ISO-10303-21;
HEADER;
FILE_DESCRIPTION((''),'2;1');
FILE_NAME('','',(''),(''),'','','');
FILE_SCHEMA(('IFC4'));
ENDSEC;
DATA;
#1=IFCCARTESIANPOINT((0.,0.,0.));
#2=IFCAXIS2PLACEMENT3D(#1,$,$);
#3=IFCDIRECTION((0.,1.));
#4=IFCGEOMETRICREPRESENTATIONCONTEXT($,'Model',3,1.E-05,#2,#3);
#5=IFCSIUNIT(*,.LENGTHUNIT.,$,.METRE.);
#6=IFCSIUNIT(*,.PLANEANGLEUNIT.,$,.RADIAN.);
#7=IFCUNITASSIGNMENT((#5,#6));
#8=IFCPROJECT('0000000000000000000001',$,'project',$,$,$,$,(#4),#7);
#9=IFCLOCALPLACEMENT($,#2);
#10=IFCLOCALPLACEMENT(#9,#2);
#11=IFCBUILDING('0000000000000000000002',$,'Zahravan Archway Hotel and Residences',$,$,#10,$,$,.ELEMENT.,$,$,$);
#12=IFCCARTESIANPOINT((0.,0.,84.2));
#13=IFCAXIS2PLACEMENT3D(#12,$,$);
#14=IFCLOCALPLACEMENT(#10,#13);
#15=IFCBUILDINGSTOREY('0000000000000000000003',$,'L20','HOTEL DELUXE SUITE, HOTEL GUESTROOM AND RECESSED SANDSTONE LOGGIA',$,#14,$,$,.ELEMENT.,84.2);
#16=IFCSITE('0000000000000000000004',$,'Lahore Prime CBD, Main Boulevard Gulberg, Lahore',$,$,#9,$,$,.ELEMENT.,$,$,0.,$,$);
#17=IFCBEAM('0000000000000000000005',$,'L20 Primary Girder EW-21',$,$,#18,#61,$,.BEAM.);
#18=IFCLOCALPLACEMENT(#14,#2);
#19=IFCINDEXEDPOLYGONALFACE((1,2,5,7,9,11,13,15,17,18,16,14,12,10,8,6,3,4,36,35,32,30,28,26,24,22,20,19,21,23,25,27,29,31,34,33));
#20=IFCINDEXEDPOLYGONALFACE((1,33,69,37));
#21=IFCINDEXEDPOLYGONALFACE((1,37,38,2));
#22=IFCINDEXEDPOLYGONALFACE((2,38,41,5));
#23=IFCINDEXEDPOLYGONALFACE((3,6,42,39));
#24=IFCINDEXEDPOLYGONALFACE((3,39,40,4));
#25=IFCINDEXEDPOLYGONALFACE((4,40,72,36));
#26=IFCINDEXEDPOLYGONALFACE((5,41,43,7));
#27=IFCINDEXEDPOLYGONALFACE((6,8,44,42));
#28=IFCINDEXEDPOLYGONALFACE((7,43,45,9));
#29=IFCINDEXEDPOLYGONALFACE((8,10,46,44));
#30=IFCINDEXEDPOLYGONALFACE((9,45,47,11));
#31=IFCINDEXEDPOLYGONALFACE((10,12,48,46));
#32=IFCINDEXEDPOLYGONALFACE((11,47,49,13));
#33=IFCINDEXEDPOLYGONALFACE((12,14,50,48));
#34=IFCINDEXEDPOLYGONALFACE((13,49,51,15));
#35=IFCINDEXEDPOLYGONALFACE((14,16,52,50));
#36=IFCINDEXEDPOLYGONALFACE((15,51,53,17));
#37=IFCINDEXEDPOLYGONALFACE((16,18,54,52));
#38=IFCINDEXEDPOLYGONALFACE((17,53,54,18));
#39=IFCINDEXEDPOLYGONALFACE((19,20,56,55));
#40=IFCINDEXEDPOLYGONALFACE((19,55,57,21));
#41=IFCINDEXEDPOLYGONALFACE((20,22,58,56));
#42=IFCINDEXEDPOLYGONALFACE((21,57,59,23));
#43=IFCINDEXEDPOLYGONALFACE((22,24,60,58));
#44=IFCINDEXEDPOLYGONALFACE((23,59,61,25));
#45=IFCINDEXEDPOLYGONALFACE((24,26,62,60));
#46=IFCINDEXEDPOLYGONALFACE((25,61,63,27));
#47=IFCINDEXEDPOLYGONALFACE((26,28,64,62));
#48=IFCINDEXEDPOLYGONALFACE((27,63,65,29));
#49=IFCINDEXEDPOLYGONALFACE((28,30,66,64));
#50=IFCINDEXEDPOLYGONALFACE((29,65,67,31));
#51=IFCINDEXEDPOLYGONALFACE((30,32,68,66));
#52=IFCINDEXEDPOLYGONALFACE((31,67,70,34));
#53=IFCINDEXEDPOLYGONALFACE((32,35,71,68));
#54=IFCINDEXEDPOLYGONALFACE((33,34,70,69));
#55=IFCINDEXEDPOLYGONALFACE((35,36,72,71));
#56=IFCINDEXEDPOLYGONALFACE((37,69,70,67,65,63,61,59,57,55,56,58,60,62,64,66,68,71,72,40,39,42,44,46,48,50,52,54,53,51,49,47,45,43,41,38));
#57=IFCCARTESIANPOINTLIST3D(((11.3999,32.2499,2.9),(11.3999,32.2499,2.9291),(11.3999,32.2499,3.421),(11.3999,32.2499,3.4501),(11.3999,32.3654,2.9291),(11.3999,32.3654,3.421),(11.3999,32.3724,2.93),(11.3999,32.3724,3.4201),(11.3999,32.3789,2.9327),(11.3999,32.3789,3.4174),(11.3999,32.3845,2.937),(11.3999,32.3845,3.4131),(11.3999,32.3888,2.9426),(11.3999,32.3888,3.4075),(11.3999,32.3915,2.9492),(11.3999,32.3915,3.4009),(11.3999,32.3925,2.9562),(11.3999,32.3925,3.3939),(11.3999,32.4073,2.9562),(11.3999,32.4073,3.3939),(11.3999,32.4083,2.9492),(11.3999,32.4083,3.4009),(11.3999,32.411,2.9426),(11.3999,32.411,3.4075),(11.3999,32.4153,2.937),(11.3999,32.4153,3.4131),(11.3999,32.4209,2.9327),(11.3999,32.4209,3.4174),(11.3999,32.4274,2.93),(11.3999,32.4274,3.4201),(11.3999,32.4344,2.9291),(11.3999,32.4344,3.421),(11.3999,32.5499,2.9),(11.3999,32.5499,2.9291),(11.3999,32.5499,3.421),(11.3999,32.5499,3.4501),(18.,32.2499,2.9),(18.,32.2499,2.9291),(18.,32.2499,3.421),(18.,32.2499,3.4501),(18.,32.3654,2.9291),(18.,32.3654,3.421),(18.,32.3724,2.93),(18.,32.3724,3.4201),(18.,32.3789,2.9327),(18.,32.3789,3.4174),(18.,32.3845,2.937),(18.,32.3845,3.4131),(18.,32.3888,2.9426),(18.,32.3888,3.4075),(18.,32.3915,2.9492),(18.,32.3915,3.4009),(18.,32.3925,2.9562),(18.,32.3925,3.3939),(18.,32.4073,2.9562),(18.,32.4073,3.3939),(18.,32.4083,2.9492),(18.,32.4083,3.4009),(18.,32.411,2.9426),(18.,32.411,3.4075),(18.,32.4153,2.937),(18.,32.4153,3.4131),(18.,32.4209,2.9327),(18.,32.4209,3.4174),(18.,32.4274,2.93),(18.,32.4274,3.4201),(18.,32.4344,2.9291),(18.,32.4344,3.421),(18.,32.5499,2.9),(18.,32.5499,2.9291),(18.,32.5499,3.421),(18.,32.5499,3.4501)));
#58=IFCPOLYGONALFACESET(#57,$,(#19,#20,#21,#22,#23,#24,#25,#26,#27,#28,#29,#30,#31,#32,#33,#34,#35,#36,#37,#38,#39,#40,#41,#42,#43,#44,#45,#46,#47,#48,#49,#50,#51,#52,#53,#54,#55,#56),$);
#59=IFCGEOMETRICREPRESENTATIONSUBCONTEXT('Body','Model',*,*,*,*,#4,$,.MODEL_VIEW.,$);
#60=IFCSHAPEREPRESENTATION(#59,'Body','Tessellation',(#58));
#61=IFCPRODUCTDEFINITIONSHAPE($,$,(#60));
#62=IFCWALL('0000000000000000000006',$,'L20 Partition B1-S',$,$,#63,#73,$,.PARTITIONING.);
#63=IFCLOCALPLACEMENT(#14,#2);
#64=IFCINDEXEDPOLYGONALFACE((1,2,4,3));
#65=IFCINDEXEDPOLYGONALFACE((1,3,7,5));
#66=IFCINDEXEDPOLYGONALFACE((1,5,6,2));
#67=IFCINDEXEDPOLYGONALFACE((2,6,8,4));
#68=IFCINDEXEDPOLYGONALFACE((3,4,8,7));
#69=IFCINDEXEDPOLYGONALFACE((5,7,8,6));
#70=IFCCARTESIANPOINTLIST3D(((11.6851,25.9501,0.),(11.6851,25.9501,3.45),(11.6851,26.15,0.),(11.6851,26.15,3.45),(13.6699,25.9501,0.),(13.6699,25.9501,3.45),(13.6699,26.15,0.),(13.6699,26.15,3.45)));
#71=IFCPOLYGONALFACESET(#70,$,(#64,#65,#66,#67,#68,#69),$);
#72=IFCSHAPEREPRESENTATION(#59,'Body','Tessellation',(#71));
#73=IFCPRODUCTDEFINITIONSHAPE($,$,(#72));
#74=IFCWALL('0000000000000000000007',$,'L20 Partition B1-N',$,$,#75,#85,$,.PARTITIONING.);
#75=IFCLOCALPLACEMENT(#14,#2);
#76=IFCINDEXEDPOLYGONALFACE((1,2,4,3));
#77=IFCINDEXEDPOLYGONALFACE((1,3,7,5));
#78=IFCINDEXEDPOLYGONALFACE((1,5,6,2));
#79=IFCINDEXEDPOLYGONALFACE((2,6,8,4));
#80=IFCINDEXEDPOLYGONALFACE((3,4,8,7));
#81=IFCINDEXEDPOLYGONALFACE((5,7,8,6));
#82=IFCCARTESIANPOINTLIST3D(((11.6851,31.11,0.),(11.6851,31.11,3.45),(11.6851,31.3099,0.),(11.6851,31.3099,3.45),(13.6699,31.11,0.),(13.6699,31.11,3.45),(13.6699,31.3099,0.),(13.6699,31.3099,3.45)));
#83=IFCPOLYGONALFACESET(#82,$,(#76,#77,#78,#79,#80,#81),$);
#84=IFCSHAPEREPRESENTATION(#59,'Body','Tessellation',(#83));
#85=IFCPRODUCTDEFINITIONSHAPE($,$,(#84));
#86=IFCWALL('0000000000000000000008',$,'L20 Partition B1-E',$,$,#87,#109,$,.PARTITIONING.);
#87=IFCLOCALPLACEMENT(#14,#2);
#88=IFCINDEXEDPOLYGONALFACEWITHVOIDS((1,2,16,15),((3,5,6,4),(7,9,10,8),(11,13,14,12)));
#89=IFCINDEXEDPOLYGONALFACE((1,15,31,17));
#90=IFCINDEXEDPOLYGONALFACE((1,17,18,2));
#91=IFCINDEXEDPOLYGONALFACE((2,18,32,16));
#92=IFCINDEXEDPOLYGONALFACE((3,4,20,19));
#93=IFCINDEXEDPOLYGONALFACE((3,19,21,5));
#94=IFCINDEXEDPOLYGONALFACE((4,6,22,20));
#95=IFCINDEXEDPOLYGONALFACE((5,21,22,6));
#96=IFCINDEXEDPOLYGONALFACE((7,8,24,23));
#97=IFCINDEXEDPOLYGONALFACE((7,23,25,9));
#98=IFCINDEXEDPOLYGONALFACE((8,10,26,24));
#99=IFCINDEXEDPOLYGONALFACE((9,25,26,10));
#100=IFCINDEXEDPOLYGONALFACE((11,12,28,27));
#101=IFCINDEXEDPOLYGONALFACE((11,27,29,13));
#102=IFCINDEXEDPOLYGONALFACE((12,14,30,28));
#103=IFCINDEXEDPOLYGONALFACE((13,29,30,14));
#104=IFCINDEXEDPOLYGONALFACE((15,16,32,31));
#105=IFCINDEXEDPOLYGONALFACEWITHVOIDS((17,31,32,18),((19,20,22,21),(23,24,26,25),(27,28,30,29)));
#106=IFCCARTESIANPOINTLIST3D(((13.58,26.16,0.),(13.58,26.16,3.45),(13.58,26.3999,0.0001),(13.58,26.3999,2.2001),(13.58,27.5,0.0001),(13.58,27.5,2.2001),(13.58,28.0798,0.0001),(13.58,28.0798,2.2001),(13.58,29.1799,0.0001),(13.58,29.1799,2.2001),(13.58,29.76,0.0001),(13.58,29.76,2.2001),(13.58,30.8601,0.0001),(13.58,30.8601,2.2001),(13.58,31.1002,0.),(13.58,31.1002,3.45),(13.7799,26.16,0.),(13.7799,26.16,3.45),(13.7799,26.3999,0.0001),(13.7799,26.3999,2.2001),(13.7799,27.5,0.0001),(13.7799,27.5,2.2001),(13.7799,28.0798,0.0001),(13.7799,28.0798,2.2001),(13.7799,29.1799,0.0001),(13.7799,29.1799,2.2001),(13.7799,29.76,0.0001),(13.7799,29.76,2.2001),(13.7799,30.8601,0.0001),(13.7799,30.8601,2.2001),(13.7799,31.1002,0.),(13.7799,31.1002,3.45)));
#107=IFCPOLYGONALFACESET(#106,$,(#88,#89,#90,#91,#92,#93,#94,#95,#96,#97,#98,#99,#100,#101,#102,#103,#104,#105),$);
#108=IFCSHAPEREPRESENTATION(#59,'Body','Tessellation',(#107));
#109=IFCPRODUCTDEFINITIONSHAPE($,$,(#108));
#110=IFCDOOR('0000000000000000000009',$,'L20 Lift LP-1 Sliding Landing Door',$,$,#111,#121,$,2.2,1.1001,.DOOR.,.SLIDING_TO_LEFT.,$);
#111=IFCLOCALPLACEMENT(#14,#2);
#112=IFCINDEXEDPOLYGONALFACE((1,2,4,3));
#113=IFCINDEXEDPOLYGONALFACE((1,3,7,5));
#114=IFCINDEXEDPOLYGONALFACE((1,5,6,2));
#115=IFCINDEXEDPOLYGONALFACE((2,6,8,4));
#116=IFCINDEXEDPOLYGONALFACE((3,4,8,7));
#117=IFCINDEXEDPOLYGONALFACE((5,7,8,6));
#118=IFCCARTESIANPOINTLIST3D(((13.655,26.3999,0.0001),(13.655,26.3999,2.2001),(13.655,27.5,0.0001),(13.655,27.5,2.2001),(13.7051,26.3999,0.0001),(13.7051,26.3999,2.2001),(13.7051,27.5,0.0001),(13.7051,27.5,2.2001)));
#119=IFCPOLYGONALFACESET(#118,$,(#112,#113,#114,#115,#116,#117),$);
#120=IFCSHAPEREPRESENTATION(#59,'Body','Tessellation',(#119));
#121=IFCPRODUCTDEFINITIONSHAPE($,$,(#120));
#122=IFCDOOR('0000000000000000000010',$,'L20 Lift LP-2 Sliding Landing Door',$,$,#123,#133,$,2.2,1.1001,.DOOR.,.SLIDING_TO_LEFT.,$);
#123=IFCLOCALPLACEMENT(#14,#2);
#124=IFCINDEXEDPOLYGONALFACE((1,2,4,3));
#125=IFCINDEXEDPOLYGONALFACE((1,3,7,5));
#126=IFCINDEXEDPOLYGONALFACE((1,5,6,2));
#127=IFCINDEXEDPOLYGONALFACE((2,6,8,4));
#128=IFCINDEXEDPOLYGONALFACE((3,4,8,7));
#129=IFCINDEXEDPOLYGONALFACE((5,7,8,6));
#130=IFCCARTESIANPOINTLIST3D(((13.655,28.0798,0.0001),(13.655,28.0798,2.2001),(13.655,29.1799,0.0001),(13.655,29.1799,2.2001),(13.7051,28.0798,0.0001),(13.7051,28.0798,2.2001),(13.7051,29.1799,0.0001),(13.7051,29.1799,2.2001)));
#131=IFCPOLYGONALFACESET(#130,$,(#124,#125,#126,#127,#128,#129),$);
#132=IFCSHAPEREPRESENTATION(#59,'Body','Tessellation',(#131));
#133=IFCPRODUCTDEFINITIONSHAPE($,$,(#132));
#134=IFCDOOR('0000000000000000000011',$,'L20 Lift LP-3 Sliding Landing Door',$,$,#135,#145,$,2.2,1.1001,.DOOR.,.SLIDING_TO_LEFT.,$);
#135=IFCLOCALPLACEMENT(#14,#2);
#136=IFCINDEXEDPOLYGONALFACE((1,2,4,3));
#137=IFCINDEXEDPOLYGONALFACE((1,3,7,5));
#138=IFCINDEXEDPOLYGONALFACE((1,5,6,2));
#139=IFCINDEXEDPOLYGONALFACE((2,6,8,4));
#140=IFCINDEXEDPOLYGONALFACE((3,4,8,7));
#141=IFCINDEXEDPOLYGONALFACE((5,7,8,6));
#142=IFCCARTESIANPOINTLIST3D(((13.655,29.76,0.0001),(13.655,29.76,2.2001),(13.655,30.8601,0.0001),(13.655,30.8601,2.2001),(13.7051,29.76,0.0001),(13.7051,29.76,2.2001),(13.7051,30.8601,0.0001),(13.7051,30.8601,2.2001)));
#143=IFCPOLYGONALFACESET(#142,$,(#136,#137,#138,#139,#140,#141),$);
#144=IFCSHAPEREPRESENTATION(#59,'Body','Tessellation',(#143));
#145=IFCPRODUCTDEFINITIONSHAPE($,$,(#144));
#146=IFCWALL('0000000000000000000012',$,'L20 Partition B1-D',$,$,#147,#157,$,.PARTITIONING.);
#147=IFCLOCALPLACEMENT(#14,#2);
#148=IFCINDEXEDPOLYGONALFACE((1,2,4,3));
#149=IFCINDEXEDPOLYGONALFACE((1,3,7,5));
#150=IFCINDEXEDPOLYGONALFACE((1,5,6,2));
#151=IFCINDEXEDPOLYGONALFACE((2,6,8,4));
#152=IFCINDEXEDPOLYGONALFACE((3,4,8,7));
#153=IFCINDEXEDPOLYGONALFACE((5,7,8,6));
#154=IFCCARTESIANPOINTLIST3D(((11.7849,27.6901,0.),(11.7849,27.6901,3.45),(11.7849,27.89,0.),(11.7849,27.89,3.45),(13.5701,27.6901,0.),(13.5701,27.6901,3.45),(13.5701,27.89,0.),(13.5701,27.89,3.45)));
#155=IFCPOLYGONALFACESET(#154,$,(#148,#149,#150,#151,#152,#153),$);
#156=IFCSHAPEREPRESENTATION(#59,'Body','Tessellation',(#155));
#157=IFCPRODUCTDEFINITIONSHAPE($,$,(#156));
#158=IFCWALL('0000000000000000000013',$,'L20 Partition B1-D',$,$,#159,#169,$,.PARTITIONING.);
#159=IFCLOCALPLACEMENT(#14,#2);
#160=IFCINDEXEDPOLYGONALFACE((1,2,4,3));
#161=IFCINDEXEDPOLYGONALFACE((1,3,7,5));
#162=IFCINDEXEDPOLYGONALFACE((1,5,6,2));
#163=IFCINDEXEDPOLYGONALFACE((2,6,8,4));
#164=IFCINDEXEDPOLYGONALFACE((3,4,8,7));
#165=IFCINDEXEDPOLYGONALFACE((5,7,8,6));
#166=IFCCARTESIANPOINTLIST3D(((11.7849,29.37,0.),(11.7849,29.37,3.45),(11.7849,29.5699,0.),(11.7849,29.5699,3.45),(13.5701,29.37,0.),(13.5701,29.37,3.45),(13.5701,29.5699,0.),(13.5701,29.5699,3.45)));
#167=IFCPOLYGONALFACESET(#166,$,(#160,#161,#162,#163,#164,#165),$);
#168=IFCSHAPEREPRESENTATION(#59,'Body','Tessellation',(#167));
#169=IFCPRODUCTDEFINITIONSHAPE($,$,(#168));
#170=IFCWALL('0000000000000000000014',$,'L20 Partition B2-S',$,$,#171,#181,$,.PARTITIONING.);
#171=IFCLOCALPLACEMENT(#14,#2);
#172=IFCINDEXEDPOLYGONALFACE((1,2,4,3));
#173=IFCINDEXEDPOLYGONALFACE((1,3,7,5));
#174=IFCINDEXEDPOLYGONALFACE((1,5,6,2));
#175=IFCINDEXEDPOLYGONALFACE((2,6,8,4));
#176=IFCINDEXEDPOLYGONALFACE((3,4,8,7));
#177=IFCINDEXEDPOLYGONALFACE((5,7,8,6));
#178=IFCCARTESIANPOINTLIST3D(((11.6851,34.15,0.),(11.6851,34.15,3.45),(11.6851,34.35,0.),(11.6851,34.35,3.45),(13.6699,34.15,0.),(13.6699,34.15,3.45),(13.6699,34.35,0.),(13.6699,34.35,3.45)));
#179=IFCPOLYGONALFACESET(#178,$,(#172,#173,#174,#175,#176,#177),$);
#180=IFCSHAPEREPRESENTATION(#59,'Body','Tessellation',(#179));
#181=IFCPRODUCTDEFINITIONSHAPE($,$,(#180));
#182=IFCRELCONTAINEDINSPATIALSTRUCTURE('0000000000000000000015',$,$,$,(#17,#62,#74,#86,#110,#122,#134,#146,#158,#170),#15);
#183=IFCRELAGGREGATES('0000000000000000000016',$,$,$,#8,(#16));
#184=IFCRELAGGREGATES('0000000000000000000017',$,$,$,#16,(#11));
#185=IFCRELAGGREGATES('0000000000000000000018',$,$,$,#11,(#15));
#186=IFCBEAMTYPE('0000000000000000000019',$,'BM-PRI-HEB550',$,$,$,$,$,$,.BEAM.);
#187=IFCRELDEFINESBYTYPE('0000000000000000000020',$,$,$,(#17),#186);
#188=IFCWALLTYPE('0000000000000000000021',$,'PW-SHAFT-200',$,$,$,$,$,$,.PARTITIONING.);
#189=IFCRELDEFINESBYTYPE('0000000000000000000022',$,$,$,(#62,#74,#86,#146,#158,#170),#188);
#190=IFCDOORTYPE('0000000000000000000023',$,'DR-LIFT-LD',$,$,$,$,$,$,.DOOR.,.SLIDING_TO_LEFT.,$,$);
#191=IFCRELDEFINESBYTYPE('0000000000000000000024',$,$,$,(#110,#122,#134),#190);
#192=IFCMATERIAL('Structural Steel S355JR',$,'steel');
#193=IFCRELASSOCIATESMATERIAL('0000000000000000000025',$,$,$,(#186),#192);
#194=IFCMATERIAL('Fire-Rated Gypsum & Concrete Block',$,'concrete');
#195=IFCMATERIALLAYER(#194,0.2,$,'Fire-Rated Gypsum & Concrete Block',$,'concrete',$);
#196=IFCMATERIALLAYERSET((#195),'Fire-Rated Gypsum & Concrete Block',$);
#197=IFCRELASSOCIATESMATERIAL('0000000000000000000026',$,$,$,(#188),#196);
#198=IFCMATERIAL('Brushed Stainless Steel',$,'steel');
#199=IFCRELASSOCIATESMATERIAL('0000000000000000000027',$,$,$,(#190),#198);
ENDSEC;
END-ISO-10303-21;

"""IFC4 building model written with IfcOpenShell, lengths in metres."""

from ifc_helpers import new_model, si_unit, direction, frame, frame_2d, origin, origin_2d, place, context, subcontext, project, spatial, rectangle, i_section, extrude, source, transform, mapped, material, layer, layer_set, material_profile, profile_set, type_object, type_shapes, element, fill, save


model = new_model("IFC4")

# Units and contexts
model_context = context("Model", 3, precision=1e-05, world=origin(), true_north=direction((0.0, 1.0)))
body_context = subcontext(model_context, "Body", "Model", "MODEL_VIEW")
ifc_project = project(units=[si_unit("LENGTHUNIT", "METRE"), si_unit("PLANEANGLEUNIT", "RADIAN")], contexts=[model_context])

# Site, building, storey
site_placement = place(None, origin())
site = spatial("IfcSite", under=ifc_project, at=site_placement, Name="Lahore Prime CBD, Main Boulevard Gulberg, Lahore", CompositionType="ELEMENT", RefElevation=0.0)
building_placement = place(site_placement, origin())
building = spatial("IfcBuilding", under=site, at=building_placement, Name="Zahravan Archway Hotel and Residences", CompositionType="ELEMENT")
storey_placement = place(building_placement, frame((0.0, 0.0, 84.2)))
storey = spatial("IfcBuildingStorey", under=building, at=storey_placement, Name="L20", Description="HOTEL DELUXE SUITE, HOTEL GUESTROOM AND RECESSED SANDSTONE LOGGIA", CompositionType="ELEMENT", Elevation=84.2)

# Beam
ifc_material_1 = material(Name="Structural Steel S355JR", Category="steel")
ifc_material_profile = material_profile(ifc_material_1, i_section(OverallWidth=0.3, OverallDepth=0.55, WebThickness=0.0149, FlangeThickness=0.0291, FilletRadius=0.0271, at=origin_2d()), Name="HEB 550", Category="steel")
ifc_profile_set = profile_set([ifc_material_profile], Name="Structural Steel S355JR")
beam_type = type_object("IfcBeamType", Name="BM-PRI-HEB550", PredefinedType="BEAM", material=ifc_profile_set)
shared_shape_1 = source(origin(), body_context, "Body", "SweptSolid", [
    extrude(i_section(OverallWidth=0.3, OverallDepth=0.55, WebThickness=0.0149, FlangeThickness=0.0291, FilletRadius=0.0271, at=origin_2d()), origin(), (0.0, 0.0, 1.0), 6.6001),
])
beam_placement = place(storey_placement, frame((11.3999, 32.3999, 3.175), z_axis=(1.0, 0.0, 0.0), x_axis=(0.0, 1.0, 0.0)))
element("IfcBeam", 1, at=beam_placement, inside=storey, type_object=beam_type, Name="L20 Primary Girder EW-21", PredefinedType="BEAM", context=body_context, shape_type="MappedRepresentation", body=[
    mapped(shared_shape_1, transform((0.0, 0.0, 0.0), scale=1.0)),
])

# Walls
ifc_material_2 = material(Name="Fire-Rated Gypsum & Concrete Block", Category="concrete")
ifc_layer_1 = layer(ifc_material_2, 0.2, Name="Fire-Rated Gypsum & Concrete Block", Category="concrete")
ifc_layer_set_1 = layer_set([ifc_layer_1], Name="Fire-Rated Gypsum & Concrete Block")
wall_type_1 = type_object("IfcWallType", Name="PW-SHAFT-200", PredefinedType="PARTITIONING", material=ifc_layer_set_1)
for number, where, z_axis, x_axis, name in (
    (2, (11.6851, 26.05, 0.0), (0.0, 0.0, 1.0), (1.0, 0.0, 0.0), "L20 Partition B1-S"),
    (3, (11.6851, 31.21, 0.0), (0.0, 0.0, 1.0), (1.0, 0.0, 0.0), "L20 Partition B1-N"),
):
    element("IfcWall", number, at=place(storey_placement, frame(where, z_axis=z_axis, x_axis=x_axis)), inside=storey, type_object=wall_type_1, Name=name, PredefinedType="PARTITIONING", context=body_context, shape_type="SweptSolid", body=[
        extrude(rectangle(XDim=1.9849, YDim=0.2, at=frame_2d((0.9924, 0.0))), origin(), (0.0, 0.0, 1.0), 3.45),
    ])

# Wall, openings, doors
wall_1_placement = place(storey_placement, frame((13.6799, 26.1599, 0.0), z_axis=(0.0, 0.0, 1.0), x_axis=(0.0, 1.0, 0.0)))
wall_1 = element("IfcWall", 4, at=wall_1_placement, inside=storey, type_object=wall_type_1, Name="L20 Partition B1-E", PredefinedType="PARTITIONING", context=body_context, shape_type="SweptSolid", body=[
    extrude(rectangle(XDim=4.9402, YDim=0.2, at=frame_2d((2.4702, 0.0))), origin(), (0.0, 0.0, 1.0), 3.45),
])
opening_1_placement = place(wall_1_placement, frame((0.24, 0.0, 0.0)))
opening_1 = element("IfcOpeningElement", 5, at=opening_1_placement, cuts=wall_1, PredefinedType="OPENING", context=body_context, shape_type="SweptSolid", body=[
    extrude(rectangle(XDim=1.1001, YDim=2.2, at=frame_2d((0.55, 1.1001))), frame((0.0, 0.1099, 0.0), z_axis=(0.0, -1.0, 0.0), x_axis=(1.0, 0.0, 0.0)), (0.0, 0.0, 1.0), 0.22),
])
opening_2_placement = place(wall_1_placement, frame((1.9199, 0.0, 0.0)))
opening_2 = element("IfcOpeningElement", 6, at=opening_2_placement, cuts=wall_1, PredefinedType="OPENING", context=body_context, shape_type="SweptSolid", body=[
    extrude(rectangle(XDim=1.1001, YDim=2.2, at=frame_2d((0.55, 1.1001))), frame((0.0, 0.1099, 0.0), z_axis=(0.0, -1.0, 0.0), x_axis=(1.0, 0.0, 0.0)), (0.0, 0.0, 1.0), 0.22),
])
opening_3_placement = place(wall_1_placement, frame((3.6001, 0.0, 0.0)))
opening_3 = element("IfcOpeningElement", 7, at=opening_3_placement, cuts=wall_1, PredefinedType="OPENING", context=body_context, shape_type="SweptSolid", body=[
    extrude(rectangle(XDim=1.1001, YDim=2.2, at=frame_2d((0.55, 1.1001))), frame((0.0, 0.1099, 0.0), z_axis=(0.0, -1.0, 0.0), x_axis=(1.0, 0.0, 0.0)), (0.0, 0.0, 1.0), 0.22),
])
ifc_material_3 = material(Name="Brushed Stainless Steel", Category="steel")
door_type = type_object("IfcDoorType", Name="DR-LIFT-LD", OperationType="SLIDING_TO_LEFT", PredefinedType="DOOR", material=ifc_material_3)
shared_shape_2 = source(origin(), body_context, "Body", "SweptSolid", [
    extrude(rectangle(XDim=1.1001, YDim=2.2, at=frame_2d((0.55, 1.1001))), frame((0.0, 0.0249, 0.0), z_axis=(0.0, -1.0, 0.0), x_axis=(1.0, 0.0, 0.0)), (0.0, 0.0, 1.0), 0.05),
])
type_shapes(door_type, [shared_shape_2])
door_1_placement = place(opening_1_placement, origin())
door_1 = element("IfcDoor", 8, at=door_1_placement, inside=storey, type_object=door_type, Name="L20 Lift LP-1 Sliding Landing Door", OperationType="SLIDING_TO_LEFT", OverallHeight=2.2, OverallWidth=1.1001, PredefinedType="DOOR", context=body_context, shape_type="MappedRepresentation", body=[
    mapped(shared_shape_2, transform((0.0, 0.0, 0.0), scale=1.0)),
])
fill(opening_1, door_1)
door_2_placement = place(opening_2_placement, origin())
door_2 = element("IfcDoor", 9, at=door_2_placement, inside=storey, type_object=door_type, Name="L20 Lift LP-2 Sliding Landing Door", OperationType="SLIDING_TO_LEFT", OverallHeight=2.2, OverallWidth=1.1001, PredefinedType="DOOR", context=body_context, shape_type="MappedRepresentation", body=[
    mapped(shared_shape_2, transform((0.0, 0.0, 0.0), scale=1.0)),
])
fill(opening_2, door_2)
door_3_placement = place(opening_3_placement, origin())
door_3 = element("IfcDoor", 10, at=door_3_placement, inside=storey, type_object=door_type, Name="L20 Lift LP-3 Sliding Landing Door", OperationType="SLIDING_TO_LEFT", OverallHeight=2.2, OverallWidth=1.1001, PredefinedType="DOOR", context=body_context, shape_type="MappedRepresentation", body=[
    mapped(shared_shape_2, transform((0.0, 0.0, 0.0), scale=1.0)),
])
fill(opening_3, door_3)

# Walls
for number, where, z_axis, x_axis, name in (
    (11, (11.7849, 27.79, 0.0), (0.0, 0.0, 1.0), (1.0, 0.0, 0.0), "L20 Partition B1-D"),
    (12, (11.7849, 29.47, 0.0), (0.0, 0.0, 1.0), (1.0, 0.0, 0.0), "L20 Partition B1-D"),
):
    element("IfcWall", number, at=place(storey_placement, frame(where, z_axis=z_axis, x_axis=x_axis)), inside=storey, type_object=wall_type_1, Name=name, PredefinedType="PARTITIONING", context=body_context, shape_type="SweptSolid", body=[
        extrude(rectangle(XDim=1.7852, YDim=0.2, at=frame_2d((0.8926, 0.0))), origin(), (0.0, 0.0, 1.0), 3.45),
    ])
wall_2_placement = place(storey_placement, frame((11.6851, 34.25, 0.0), z_axis=(0.0, 0.0, 1.0), x_axis=(1.0, 0.0, 0.0)))
element("IfcWall", 13, at=wall_2_placement, inside=storey, type_object=wall_type_1, Name="L20 Partition B2-S", PredefinedType="PARTITIONING", context=body_context, shape_type="SweptSolid", body=[
    extrude(rectangle(XDim=1.9849, YDim=0.2, at=frame_2d((0.9924, 0.0))), origin(), (0.0, 0.0, 1.0), 3.45),
])

save(model, "model.ifc")
